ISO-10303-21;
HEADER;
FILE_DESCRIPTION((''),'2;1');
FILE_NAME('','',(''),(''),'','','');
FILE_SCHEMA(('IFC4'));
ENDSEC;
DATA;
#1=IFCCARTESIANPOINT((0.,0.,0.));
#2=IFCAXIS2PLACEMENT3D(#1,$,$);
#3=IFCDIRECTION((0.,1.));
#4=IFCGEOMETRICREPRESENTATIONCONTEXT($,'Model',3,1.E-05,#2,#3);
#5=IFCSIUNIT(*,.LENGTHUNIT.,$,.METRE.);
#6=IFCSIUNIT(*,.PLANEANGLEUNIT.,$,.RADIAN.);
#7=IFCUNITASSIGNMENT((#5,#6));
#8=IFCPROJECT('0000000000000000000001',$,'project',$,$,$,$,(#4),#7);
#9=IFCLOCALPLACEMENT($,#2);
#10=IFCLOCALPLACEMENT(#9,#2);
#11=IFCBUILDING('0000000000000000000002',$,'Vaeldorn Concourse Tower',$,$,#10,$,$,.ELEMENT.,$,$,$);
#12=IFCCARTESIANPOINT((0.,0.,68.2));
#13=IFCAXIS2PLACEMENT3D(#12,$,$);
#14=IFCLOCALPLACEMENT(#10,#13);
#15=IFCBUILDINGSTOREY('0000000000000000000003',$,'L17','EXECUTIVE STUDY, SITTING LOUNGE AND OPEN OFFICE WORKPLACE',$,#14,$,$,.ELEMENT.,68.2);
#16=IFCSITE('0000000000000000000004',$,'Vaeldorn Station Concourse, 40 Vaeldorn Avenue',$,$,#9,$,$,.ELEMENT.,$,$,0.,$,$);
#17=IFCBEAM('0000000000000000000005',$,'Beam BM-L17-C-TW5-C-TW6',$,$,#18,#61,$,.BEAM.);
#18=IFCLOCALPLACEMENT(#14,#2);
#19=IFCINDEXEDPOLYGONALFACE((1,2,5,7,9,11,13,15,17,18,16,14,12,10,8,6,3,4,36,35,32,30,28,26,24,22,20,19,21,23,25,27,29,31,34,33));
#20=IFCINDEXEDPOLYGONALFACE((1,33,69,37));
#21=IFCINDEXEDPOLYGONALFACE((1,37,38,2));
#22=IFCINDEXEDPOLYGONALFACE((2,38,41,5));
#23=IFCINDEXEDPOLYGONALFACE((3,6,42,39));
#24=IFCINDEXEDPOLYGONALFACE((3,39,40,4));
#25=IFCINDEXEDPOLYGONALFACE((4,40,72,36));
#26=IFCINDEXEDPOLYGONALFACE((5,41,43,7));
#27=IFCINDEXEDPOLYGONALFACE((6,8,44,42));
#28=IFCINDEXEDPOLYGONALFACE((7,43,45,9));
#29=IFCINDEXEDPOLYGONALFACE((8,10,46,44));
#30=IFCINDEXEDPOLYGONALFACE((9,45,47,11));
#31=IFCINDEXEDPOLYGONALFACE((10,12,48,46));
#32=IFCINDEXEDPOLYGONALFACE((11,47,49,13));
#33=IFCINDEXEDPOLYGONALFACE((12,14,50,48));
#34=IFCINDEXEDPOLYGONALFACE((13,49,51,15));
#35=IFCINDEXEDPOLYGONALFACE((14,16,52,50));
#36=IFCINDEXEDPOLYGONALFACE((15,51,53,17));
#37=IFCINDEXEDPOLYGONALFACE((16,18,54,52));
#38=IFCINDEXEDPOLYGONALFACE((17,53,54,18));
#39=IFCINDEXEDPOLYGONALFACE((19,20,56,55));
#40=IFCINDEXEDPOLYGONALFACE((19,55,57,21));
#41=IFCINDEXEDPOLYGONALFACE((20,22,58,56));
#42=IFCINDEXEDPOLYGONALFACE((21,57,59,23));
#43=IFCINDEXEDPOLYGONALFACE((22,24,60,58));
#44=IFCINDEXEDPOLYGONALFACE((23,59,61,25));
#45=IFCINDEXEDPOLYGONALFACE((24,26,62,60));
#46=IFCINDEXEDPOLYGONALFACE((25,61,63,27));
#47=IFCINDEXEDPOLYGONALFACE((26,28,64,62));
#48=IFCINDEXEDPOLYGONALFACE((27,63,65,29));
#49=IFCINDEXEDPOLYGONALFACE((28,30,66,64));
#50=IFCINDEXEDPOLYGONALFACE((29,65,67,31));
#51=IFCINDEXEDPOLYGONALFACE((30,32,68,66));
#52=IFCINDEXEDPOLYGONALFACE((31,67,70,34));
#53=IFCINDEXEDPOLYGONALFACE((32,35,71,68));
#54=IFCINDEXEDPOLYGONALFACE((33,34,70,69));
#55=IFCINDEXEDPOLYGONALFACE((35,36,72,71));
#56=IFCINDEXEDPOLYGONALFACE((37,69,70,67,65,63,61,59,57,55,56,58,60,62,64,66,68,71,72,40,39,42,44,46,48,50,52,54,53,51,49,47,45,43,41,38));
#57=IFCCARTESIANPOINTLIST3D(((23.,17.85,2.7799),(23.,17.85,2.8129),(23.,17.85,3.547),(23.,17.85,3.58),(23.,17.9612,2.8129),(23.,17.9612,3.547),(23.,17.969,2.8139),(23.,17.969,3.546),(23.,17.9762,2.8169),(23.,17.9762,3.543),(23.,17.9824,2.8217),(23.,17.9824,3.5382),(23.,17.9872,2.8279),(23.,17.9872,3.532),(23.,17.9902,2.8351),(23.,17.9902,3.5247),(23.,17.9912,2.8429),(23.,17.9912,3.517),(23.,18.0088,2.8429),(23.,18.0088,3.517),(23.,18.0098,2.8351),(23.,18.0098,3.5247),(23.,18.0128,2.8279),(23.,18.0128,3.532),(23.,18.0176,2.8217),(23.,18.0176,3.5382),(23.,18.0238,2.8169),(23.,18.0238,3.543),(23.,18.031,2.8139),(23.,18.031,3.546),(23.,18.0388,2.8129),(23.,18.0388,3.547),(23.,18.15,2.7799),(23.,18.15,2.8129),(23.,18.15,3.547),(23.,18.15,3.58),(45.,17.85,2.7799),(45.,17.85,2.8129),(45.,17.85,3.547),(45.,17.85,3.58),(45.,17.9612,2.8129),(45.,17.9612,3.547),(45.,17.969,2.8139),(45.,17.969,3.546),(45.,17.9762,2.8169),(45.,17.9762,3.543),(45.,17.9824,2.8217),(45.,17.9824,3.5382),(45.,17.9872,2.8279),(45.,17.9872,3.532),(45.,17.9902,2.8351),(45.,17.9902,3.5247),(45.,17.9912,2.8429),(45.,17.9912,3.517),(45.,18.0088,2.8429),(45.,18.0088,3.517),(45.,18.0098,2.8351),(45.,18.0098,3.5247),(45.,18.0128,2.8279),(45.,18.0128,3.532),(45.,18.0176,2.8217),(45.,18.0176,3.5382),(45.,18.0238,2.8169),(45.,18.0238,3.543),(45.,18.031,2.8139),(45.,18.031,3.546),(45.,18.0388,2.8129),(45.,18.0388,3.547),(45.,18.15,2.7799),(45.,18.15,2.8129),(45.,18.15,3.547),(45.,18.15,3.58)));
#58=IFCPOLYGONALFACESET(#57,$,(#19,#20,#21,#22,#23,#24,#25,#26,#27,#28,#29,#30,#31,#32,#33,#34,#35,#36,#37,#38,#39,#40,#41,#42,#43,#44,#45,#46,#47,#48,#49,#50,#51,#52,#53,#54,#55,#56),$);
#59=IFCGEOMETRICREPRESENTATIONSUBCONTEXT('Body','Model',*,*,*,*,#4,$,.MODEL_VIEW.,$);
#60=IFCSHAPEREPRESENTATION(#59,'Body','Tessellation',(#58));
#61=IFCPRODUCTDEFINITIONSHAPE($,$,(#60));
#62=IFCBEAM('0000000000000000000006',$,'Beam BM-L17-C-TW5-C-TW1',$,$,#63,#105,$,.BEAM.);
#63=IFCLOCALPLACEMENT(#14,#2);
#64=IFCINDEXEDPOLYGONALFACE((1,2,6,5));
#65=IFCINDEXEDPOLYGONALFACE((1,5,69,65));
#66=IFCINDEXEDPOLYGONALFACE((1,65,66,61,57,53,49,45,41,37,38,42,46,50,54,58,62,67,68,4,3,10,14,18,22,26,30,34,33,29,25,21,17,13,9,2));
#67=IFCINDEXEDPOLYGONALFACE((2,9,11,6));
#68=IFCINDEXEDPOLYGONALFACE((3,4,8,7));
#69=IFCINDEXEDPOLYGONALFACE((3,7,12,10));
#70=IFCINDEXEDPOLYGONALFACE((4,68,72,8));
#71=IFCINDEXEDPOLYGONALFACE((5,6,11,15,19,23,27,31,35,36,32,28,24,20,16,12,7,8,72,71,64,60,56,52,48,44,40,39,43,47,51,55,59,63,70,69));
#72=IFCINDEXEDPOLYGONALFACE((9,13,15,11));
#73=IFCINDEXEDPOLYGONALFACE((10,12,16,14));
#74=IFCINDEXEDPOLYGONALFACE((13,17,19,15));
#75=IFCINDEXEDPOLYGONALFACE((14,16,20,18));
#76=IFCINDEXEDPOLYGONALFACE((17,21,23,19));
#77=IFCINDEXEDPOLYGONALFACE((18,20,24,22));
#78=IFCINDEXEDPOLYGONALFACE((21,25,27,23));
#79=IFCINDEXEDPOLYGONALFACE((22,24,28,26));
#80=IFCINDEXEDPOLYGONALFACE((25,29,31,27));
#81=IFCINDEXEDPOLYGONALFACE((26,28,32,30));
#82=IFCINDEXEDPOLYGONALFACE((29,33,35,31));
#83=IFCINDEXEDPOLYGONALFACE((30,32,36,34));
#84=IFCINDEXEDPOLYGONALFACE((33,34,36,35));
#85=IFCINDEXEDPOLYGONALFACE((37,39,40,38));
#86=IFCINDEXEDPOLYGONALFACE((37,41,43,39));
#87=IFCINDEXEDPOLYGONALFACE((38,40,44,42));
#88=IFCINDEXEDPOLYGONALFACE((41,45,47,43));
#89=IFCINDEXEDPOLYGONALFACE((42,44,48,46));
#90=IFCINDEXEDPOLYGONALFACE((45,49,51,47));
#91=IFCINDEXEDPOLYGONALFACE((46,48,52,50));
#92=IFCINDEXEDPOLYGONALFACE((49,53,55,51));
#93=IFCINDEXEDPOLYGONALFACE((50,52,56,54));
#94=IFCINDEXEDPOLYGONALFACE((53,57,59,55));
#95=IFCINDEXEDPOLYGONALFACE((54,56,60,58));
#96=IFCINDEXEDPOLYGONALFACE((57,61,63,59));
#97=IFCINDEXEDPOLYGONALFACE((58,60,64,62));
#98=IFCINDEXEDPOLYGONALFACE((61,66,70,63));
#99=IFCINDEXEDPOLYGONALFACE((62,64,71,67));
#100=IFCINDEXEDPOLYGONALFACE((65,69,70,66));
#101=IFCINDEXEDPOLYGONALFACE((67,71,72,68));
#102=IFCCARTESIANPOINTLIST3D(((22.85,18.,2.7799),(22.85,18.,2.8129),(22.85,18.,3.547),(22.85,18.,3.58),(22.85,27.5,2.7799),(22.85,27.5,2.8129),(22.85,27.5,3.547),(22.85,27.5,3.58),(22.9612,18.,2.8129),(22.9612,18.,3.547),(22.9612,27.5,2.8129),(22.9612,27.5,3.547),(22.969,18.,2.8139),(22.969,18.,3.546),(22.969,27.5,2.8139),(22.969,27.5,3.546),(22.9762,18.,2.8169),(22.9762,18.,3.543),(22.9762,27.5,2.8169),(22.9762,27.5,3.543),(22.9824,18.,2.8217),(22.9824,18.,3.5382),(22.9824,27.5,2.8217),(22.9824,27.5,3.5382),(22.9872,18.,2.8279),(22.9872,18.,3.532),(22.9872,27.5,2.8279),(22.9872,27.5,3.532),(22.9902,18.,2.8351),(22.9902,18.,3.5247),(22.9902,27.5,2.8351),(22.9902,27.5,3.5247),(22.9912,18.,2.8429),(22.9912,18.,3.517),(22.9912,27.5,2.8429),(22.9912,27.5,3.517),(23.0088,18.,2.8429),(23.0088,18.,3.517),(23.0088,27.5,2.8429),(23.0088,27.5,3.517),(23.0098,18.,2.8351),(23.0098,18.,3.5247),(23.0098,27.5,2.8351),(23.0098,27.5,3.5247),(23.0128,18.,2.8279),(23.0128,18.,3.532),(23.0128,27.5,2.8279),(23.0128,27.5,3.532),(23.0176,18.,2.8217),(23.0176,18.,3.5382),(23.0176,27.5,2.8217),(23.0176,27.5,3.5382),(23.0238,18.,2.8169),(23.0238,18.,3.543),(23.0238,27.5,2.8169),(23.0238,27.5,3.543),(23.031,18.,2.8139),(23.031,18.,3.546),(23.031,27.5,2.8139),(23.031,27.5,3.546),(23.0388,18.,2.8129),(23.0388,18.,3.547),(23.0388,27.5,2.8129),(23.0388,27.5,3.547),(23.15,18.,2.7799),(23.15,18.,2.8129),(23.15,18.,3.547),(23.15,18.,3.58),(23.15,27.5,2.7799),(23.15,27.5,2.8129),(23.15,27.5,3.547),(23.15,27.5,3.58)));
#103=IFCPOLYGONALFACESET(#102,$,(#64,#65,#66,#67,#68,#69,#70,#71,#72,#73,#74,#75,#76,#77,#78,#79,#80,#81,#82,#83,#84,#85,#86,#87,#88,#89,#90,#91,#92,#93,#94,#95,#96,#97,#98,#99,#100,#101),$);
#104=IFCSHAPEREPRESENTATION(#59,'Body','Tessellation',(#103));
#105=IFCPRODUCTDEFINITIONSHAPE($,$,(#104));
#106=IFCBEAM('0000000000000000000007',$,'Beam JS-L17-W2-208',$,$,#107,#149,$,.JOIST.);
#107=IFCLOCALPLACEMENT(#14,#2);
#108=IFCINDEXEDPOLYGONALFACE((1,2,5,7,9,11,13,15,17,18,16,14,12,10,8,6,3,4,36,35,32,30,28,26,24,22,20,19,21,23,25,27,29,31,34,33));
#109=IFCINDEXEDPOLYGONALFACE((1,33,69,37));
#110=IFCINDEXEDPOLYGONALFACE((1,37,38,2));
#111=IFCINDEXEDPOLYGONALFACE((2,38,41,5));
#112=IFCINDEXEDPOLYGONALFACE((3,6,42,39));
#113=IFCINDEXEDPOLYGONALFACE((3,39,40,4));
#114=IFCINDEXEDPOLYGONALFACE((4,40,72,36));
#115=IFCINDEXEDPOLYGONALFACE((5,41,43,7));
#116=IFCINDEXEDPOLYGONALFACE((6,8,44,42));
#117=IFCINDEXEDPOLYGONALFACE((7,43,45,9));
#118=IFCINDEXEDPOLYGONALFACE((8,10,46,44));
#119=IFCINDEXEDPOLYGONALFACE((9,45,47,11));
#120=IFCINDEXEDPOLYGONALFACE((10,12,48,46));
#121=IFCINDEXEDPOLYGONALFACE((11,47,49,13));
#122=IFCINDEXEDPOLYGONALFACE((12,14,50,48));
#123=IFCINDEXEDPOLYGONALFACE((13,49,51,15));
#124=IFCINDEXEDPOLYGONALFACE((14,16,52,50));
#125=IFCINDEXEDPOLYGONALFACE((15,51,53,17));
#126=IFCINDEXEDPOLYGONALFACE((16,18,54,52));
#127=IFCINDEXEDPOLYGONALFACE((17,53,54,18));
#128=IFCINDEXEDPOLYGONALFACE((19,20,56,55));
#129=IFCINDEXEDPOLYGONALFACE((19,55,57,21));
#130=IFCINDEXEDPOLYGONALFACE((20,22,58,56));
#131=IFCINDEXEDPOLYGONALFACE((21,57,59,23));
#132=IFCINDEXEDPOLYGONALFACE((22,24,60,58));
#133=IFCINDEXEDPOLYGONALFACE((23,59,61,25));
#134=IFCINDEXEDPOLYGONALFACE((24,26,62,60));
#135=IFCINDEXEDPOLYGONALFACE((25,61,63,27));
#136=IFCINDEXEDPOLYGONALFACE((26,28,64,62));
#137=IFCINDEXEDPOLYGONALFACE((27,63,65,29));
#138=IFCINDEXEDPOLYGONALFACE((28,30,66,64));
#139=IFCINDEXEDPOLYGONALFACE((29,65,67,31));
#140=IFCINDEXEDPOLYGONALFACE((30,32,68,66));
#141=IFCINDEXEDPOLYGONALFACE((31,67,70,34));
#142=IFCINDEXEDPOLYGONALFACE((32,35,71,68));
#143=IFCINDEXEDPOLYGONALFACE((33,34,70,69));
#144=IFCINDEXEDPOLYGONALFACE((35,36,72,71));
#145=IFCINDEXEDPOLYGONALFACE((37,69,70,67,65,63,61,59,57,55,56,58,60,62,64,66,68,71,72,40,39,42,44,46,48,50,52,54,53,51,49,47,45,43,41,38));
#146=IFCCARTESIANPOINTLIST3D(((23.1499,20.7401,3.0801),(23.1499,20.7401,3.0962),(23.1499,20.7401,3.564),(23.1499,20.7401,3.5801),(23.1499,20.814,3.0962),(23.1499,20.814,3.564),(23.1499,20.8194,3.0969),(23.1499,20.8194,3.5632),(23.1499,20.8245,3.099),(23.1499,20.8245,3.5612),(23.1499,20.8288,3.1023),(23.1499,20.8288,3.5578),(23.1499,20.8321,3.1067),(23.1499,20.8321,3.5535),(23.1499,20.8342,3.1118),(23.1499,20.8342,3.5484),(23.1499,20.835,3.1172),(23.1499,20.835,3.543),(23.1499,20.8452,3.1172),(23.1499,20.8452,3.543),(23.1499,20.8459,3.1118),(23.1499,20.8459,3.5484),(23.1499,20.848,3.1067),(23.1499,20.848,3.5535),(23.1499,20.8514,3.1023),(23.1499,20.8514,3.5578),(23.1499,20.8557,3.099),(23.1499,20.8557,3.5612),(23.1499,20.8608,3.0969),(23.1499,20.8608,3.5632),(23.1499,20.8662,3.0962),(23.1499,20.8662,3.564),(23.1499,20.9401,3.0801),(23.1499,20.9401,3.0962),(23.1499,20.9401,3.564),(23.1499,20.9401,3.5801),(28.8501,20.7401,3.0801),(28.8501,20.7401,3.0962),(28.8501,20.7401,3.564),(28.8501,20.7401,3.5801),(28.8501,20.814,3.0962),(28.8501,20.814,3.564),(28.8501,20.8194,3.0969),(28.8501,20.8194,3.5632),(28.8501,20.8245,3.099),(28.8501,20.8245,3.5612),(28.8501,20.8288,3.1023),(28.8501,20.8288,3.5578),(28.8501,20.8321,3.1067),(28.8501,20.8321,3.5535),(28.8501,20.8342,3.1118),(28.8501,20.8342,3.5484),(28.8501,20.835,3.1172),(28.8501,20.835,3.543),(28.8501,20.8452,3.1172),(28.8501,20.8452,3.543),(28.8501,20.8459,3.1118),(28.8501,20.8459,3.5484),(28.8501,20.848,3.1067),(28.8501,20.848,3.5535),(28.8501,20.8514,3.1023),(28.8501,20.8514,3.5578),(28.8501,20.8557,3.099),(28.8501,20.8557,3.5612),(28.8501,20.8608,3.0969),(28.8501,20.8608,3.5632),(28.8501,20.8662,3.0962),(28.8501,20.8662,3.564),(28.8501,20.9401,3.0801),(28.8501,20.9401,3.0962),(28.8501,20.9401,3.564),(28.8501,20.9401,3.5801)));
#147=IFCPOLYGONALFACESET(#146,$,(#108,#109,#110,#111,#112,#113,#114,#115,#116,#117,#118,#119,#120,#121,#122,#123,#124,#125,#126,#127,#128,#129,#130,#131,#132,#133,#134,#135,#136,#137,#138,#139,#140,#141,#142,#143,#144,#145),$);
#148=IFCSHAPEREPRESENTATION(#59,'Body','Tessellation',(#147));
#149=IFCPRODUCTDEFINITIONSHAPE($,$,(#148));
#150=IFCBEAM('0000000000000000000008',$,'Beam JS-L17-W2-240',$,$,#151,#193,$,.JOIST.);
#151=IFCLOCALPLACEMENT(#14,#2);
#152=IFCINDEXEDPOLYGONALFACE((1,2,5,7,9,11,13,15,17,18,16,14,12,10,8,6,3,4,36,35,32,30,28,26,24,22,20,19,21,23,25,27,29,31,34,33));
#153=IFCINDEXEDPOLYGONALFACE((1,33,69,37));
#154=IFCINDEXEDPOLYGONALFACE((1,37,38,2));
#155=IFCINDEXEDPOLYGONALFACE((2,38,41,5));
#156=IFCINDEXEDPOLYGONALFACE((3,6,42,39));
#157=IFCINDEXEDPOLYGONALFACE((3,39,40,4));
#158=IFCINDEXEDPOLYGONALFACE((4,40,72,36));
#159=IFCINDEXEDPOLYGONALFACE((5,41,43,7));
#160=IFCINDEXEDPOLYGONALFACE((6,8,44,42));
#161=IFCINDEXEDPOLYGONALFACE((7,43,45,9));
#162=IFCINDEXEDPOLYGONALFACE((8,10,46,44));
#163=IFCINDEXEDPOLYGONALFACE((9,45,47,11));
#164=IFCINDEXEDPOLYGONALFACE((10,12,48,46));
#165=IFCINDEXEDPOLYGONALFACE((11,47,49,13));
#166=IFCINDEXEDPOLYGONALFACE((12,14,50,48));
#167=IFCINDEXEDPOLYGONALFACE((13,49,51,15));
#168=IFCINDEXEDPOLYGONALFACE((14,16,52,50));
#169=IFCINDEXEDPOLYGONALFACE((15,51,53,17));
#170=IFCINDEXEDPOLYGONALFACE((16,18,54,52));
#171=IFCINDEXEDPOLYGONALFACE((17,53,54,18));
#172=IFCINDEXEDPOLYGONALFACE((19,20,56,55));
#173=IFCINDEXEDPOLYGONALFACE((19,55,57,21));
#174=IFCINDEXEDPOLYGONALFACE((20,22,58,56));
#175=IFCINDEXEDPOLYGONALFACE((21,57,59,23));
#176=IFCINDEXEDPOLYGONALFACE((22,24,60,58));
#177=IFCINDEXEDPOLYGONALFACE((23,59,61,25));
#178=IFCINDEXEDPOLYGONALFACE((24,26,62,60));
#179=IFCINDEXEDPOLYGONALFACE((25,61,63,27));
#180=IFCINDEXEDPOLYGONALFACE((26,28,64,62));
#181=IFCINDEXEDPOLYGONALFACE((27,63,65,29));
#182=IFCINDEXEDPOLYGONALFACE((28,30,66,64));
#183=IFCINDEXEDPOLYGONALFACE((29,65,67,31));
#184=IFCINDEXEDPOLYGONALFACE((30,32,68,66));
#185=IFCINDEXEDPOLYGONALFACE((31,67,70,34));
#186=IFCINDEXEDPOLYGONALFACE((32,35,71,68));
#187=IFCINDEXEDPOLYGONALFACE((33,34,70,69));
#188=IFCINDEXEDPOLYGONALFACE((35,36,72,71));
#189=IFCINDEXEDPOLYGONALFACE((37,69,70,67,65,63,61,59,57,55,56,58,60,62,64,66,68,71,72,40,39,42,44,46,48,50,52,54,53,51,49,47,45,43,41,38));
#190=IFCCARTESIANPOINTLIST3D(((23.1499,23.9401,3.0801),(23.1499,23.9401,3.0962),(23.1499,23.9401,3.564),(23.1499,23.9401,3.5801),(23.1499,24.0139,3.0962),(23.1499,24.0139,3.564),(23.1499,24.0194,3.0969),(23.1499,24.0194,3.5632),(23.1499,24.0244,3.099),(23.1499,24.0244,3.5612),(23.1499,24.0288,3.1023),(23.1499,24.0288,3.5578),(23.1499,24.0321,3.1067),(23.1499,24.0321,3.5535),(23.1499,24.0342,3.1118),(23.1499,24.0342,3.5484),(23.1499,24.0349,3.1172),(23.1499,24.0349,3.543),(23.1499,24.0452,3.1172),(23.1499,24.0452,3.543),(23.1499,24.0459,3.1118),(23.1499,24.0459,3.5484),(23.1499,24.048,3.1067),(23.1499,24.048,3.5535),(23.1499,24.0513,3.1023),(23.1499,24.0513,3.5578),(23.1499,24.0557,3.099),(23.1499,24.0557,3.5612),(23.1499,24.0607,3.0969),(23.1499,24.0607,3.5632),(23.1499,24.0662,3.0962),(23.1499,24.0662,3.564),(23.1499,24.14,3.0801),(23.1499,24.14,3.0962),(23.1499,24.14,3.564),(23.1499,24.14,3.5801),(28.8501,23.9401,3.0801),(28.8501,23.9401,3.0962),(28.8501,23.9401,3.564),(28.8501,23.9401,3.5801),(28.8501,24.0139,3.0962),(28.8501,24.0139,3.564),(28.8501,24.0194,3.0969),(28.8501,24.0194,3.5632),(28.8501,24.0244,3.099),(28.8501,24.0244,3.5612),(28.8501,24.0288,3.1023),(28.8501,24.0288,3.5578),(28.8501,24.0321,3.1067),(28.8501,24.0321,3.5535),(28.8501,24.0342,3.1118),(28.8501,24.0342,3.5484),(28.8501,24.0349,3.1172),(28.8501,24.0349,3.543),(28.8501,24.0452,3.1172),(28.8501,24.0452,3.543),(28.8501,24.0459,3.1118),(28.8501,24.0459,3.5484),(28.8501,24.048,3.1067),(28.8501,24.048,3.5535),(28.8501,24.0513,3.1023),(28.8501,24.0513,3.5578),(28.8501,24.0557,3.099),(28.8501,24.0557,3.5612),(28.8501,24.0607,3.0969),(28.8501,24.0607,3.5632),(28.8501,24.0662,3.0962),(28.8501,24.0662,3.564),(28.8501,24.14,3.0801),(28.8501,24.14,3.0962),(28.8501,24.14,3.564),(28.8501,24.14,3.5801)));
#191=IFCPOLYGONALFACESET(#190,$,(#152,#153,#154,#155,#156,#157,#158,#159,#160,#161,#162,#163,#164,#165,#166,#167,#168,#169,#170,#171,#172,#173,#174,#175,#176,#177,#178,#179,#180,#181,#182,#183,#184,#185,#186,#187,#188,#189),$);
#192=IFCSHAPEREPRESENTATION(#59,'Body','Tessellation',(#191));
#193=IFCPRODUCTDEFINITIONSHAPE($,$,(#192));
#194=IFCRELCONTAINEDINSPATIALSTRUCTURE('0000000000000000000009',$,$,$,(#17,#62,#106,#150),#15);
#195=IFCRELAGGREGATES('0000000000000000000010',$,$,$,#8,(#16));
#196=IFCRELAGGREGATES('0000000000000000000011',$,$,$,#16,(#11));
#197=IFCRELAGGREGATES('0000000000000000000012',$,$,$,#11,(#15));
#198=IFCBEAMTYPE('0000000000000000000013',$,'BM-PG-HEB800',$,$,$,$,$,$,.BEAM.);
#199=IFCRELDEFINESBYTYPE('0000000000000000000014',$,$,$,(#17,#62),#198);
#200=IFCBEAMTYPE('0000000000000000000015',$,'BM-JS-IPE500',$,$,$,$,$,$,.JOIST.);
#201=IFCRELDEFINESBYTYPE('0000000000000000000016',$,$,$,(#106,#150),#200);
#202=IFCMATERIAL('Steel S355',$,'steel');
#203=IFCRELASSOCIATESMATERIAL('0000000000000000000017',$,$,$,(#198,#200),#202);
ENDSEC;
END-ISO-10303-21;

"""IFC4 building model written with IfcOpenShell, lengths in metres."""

from ifc_helpers import new_model, si_unit, direction, frame, origin, origin_2d, place, context, subcontext, project, spatial, i_section, extrude, source, transform, mapped, material, material_profile, profile_set, type_object, element, save


model = new_model("IFC4")

# Units and contexts
model_context = context("Model", 3, precision=1e-05, world=origin(), true_north=direction((0.0, 1.0)))
body_context = subcontext(model_context, "Body", "Model", "MODEL_VIEW")
ifc_project = project(units=[si_unit("LENGTHUNIT", "METRE"), si_unit("PLANEANGLEUNIT", "RADIAN")], contexts=[model_context])

# Site, building, storey
site_placement = place(None, origin())
site = spatial("IfcSite", under=ifc_project, at=site_placement, Name="Vaeldorn Station Concourse, 40 Vaeldorn Avenue", CompositionType="ELEMENT", RefElevation=0.0)
building_placement = place(site_placement, origin())
building = spatial("IfcBuilding", under=site, at=building_placement, Name="Vaeldorn Concourse Tower", CompositionType="ELEMENT")
storey_placement = place(building_placement, frame((0.0, 0.0, 68.2)))
storey = spatial("IfcBuildingStorey", under=building, at=storey_placement, Name="L17", Description="EXECUTIVE STUDY, SITTING LOUNGE AND OPEN OFFICE WORKPLACE", CompositionType="ELEMENT", Elevation=68.2)

# Beams
ifc_material_1 = material(Name="Steel S355", Category="steel")
ifc_material_profile_1 = material_profile(ifc_material_1, i_section(OverallWidth=0.3, OverallDepth=0.8, WebThickness=0.0176, FlangeThickness=0.033, FilletRadius=0.03, at=origin_2d()), Name="HEB 800")
ifc_profile_set_1 = profile_set([ifc_material_profile_1], Name="Steel S355")
beam_type_1 = type_object("IfcBeamType", Name="BM-PG-HEB800", PredefinedType="BEAM", material=ifc_profile_set_1)
shared_shape_1 = source(origin(), body_context, "Body", "SweptSolid", [
    extrude(i_section(OverallWidth=0.3, OverallDepth=0.8, WebThickness=0.0176, FlangeThickness=0.033, FilletRadius=0.03, at=origin_2d()), origin(), (0.0, 0.0, 1.0), 22.0),
])
beam_1_placement = place(storey_placement, frame((23.0, 18.0, 3.1799), z_axis=(1.0, 0.0, 0.0), x_axis=(0.0, 1.0, 0.0)))
element("IfcBeam", 1, at=beam_1_placement, inside=storey, type_object=beam_type_1, Name="Beam BM-L17-C-TW5-C-TW6", PredefinedType="BEAM", context=body_context, shape_type="MappedRepresentation", body=[
    mapped(shared_shape_1, transform((0.0, 0.0, 0.0), scale=1.0)),
])
shared_shape_2 = source(origin(), body_context, "Body", "SweptSolid", [
    extrude(i_section(OverallWidth=0.3, OverallDepth=0.8, WebThickness=0.0176, FlangeThickness=0.033, FilletRadius=0.03, at=origin_2d()), origin(), (0.0, 0.0, 1.0), 9.5),
])
beam_2_placement = place(storey_placement, frame((23.0, 18.0, 3.1799), z_axis=(0.0, 1.0, 0.0), x_axis=(-1.0, 0.0, 0.0)))
element("IfcBeam", 2, at=beam_2_placement, inside=storey, type_object=beam_type_1, Name="Beam BM-L17-C-TW5-C-TW1", PredefinedType="BEAM", context=body_context, shape_type="MappedRepresentation", body=[
    mapped(shared_shape_2, transform((0.0, 0.0, 0.0), scale=1.0)),
])
ifc_material_profile_2 = material_profile(ifc_material_1, i_section(OverallWidth=0.2, OverallDepth=0.5, WebThickness=0.0103, FlangeThickness=0.0161, FilletRadius=0.021, at=origin_2d()), Name="IPE 500")
ifc_profile_set_2 = profile_set([ifc_material_profile_2], Name="Steel S355")
beam_type_2 = type_object("IfcBeamType", Name="BM-JS-IPE500", PredefinedType="JOIST", material=ifc_profile_set_2)
shared_shape_3 = source(origin(), body_context, "Body", "SweptSolid", [
    extrude(i_section(OverallWidth=0.2, OverallDepth=0.5, WebThickness=0.0103, FlangeThickness=0.0161, FilletRadius=0.021, at=origin_2d()), origin(), (0.0, 0.0, 1.0), 5.7002),
])
for number, where, z_axis, x_axis, name in (
    (3, (23.1499, 20.8401, 3.3301), (1.0, 0.0, 0.0), (0.0, 1.0, 0.0), "Beam JS-L17-W2-208"),
    (4, (23.1499, 24.04, 3.3301), (1.0, 0.0, 0.0), (0.0, 1.0, 0.0), "Beam JS-L17-W2-240"),
):
    element("IfcBeam", number, at=place(storey_placement, frame(where, z_axis=z_axis, x_axis=x_axis)), inside=storey, type_object=beam_type_2, Name=name, PredefinedType="JOIST", context=body_context, shape_type="MappedRepresentation", body=[
        mapped(shared_shape_3, transform((0.0, 0.0, 0.0), scale=1.0)),
    ])

save(model, "model.ifc")
